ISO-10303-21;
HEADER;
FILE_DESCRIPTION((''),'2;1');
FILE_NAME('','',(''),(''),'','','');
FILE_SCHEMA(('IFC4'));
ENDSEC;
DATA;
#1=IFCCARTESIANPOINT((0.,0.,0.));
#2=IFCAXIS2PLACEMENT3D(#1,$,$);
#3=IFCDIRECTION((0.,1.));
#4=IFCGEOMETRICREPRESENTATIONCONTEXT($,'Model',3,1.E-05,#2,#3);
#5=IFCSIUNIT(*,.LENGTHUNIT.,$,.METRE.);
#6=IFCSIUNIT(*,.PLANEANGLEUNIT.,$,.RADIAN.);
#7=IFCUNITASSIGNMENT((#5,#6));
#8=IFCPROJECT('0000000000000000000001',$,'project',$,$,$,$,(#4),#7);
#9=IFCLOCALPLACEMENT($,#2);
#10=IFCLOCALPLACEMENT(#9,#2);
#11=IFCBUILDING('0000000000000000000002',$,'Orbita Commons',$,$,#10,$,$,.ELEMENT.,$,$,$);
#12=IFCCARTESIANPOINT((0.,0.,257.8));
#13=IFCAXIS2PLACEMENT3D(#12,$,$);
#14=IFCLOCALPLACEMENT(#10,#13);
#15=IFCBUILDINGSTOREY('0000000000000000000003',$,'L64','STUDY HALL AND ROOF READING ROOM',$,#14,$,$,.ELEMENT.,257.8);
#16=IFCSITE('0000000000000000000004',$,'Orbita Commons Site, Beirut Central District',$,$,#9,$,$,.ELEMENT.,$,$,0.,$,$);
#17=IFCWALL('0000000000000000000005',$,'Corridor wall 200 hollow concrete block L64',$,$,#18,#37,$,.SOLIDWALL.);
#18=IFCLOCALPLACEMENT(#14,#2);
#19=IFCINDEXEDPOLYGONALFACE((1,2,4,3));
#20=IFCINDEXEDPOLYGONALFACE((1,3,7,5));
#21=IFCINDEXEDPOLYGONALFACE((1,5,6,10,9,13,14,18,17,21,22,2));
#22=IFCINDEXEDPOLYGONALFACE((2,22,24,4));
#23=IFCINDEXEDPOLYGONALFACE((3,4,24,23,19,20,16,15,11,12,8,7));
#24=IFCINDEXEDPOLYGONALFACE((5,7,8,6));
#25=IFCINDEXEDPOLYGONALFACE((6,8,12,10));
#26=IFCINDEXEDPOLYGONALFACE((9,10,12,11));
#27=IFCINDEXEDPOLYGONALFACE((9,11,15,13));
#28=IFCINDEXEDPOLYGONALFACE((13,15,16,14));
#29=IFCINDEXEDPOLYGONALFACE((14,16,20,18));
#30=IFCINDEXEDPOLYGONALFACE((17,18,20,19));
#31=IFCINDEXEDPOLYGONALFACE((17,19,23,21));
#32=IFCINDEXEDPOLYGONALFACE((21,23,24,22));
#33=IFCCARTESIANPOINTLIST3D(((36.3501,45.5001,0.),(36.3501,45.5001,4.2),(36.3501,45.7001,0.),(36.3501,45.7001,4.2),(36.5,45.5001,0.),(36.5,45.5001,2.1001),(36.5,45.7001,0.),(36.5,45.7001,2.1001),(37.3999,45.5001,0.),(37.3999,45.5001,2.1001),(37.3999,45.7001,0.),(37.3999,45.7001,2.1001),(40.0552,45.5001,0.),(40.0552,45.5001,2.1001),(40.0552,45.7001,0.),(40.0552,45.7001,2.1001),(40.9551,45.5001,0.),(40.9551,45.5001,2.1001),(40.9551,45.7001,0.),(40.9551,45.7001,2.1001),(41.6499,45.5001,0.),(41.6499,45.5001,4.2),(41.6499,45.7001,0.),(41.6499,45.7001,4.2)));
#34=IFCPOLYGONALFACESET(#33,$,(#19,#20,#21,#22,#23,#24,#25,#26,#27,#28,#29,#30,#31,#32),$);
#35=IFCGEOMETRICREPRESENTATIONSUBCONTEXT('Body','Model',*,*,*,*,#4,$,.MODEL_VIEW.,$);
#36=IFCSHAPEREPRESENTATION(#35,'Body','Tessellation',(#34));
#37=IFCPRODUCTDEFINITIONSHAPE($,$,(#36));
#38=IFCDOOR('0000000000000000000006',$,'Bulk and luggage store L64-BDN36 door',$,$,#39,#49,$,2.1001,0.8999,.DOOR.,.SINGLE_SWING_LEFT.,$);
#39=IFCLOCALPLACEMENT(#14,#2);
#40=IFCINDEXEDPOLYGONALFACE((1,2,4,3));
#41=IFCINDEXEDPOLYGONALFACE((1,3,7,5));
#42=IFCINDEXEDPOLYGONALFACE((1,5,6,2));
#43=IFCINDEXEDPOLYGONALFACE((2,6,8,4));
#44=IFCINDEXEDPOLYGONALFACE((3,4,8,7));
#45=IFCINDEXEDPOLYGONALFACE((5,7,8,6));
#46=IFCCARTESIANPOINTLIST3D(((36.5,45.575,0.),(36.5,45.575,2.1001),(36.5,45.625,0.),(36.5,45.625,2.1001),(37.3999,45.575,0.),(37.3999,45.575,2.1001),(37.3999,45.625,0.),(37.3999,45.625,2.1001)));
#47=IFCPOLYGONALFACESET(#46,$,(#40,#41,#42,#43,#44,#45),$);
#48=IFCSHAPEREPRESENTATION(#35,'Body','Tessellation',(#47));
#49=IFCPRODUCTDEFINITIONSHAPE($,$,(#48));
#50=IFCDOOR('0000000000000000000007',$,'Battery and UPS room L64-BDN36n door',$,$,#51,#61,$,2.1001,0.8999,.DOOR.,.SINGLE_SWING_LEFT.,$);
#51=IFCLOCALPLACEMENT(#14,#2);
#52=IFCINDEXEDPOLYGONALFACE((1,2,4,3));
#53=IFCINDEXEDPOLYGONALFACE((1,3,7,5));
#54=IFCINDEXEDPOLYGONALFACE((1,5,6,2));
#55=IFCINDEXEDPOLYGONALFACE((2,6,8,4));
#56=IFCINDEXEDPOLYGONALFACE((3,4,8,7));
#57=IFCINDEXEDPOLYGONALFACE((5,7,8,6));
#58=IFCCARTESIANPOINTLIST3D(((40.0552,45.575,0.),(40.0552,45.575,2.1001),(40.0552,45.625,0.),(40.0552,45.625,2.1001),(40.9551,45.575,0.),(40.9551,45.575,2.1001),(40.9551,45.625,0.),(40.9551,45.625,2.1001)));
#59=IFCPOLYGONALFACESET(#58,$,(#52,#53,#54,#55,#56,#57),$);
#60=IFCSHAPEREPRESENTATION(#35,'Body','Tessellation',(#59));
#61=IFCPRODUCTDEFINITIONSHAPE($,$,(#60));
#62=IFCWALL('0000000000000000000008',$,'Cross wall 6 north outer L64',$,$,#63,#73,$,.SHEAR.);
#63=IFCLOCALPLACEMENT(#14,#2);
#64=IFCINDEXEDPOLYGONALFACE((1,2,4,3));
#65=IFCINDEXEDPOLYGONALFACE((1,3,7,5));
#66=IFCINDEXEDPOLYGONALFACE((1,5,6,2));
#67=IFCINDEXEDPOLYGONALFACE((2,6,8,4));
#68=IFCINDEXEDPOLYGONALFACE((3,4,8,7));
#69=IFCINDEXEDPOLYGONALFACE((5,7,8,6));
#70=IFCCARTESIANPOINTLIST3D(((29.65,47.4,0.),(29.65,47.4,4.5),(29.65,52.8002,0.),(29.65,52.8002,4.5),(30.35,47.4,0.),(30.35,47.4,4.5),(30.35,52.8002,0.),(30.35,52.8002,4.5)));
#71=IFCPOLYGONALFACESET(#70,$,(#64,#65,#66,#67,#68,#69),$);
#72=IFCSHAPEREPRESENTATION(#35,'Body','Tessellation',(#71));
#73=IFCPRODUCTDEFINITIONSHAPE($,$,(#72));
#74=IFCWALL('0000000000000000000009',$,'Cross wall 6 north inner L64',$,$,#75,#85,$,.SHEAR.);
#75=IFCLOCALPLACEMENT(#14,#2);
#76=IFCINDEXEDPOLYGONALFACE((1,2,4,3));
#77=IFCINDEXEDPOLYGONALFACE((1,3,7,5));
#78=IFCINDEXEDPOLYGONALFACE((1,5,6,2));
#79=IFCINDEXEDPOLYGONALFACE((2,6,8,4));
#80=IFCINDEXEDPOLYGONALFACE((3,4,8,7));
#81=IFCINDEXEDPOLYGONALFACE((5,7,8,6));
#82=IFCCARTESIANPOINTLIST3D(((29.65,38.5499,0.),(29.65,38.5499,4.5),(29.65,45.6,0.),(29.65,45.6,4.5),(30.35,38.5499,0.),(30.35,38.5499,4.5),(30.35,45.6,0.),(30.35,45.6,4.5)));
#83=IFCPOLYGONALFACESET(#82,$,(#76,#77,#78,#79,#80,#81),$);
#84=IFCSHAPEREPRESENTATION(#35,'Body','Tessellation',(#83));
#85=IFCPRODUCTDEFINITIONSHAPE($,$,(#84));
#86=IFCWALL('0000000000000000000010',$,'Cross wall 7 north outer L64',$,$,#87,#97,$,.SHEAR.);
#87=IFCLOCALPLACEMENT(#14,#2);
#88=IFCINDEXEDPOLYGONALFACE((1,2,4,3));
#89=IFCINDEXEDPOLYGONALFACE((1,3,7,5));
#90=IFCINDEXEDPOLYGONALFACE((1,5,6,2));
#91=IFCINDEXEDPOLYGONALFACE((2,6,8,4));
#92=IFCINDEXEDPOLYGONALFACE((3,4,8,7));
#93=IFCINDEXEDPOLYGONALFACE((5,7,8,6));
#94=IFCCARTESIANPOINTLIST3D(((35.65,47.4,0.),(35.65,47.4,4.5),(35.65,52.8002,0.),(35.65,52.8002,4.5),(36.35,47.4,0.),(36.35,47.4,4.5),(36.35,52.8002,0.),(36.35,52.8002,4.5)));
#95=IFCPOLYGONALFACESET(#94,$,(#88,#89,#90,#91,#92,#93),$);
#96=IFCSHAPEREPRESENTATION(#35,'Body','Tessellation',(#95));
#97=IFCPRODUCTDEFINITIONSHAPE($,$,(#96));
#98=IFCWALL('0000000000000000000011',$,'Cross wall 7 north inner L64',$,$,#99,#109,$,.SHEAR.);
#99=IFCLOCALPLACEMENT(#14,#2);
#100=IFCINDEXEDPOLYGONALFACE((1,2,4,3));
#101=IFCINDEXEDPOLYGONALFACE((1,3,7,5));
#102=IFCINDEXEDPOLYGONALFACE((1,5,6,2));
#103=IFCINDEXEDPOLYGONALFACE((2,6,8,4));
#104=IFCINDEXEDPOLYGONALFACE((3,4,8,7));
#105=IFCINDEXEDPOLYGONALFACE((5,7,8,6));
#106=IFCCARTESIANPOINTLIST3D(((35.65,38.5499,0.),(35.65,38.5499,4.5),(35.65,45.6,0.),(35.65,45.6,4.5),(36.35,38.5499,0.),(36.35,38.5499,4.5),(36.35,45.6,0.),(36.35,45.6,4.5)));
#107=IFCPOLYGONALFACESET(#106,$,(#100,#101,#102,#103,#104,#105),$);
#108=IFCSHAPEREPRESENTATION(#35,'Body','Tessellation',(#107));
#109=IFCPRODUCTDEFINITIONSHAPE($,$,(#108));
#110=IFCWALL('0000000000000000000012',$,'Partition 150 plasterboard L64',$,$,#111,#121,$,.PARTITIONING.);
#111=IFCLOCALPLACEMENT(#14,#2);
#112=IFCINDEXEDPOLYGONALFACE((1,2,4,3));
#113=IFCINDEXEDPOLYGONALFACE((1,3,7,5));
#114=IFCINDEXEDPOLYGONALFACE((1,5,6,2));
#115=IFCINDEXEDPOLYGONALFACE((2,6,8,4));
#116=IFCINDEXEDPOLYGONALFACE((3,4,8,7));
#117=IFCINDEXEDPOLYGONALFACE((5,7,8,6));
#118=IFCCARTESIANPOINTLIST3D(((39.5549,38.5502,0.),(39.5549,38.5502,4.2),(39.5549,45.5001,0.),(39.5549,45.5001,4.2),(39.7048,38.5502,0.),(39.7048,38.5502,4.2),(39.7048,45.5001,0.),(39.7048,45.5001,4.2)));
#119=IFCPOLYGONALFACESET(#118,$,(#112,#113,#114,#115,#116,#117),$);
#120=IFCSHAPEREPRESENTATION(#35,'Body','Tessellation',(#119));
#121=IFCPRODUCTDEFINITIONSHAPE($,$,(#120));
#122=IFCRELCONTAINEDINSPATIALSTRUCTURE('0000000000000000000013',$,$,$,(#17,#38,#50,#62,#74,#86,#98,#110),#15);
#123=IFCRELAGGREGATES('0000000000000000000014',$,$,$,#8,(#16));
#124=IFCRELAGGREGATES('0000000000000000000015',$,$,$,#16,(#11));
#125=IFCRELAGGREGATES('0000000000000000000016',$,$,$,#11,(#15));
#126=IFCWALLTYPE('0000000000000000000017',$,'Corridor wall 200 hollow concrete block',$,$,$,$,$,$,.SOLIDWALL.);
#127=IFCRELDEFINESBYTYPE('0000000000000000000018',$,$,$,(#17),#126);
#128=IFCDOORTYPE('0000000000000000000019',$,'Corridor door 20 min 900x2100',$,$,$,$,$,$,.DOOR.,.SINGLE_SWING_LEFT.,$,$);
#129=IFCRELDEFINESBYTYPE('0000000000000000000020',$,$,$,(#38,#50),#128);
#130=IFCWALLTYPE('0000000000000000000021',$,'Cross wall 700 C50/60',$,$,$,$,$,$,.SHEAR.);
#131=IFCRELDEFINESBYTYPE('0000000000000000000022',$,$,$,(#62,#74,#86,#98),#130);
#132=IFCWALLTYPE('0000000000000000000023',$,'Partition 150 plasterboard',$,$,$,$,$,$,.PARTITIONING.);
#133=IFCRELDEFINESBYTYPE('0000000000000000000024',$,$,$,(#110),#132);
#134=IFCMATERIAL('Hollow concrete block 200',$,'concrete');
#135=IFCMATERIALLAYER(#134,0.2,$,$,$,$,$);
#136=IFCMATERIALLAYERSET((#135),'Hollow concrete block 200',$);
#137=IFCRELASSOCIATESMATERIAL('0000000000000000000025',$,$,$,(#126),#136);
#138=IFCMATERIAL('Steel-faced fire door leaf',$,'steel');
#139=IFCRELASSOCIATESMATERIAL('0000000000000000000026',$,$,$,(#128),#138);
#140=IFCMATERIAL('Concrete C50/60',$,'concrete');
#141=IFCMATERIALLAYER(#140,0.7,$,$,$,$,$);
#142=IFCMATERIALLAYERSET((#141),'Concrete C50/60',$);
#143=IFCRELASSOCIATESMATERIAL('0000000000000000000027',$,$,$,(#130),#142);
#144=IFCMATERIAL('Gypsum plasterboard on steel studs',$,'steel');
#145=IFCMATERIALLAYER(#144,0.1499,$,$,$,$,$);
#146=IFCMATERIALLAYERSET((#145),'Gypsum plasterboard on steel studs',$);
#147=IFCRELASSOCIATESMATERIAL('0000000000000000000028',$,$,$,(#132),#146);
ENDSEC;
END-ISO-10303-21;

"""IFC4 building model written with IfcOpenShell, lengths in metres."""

from ifc_helpers import new_model, si_unit, direction, frame, frame_2d, origin, place, context, subcontext, project, spatial, rectangle, extrude, material, layer, layer_set, type_object, element, fill, save


model = new_model("IFC4")

# Units and contexts
model_context = context("Model", 3, precision=1e-05, world=origin(), true_north=direction((0.0, 1.0)))
body_context = subcontext(model_context, "Body", "Model", "MODEL_VIEW")
ifc_project = project(units=[si_unit("LENGTHUNIT", "METRE"), si_unit("PLANEANGLEUNIT", "RADIAN")], contexts=[model_context])

# Site, building, storey
site_placement = place(None, origin())
site = spatial("IfcSite", under=ifc_project, at=site_placement, Name="Orbita Commons Site, Beirut Central District", CompositionType="ELEMENT", RefElevation=0.0)
building_placement = place(site_placement, origin())
building = spatial("IfcBuilding", under=site, at=building_placement, Name="Orbita Commons", CompositionType="ELEMENT")
storey_placement = place(building_placement, frame((0.0, 0.0, 257.8)))
storey = spatial("IfcBuildingStorey", under=building, at=storey_placement, Name="L64", Description="STUDY HALL AND ROOF READING ROOM", CompositionType="ELEMENT", Elevation=257.8)

# Shared definitions
ifc_material_1 = material(Name="Hollow concrete block 200", Category="concrete")
ifc_layer_1 = layer(ifc_material_1, 0.2)
ifc_layer_set_1 = layer_set([ifc_layer_1], Name="Hollow concrete block 200")
wall_type_1 = type_object("IfcWallType", Name="Corridor wall 200 hollow concrete block", PredefinedType="SOLIDWALL", material=ifc_layer_set_1)

# Wall, openings, doors
wall_1_placement = place(storey_placement, frame((36.3501, 45.6001, 0.0), z_axis=(0.0, 0.0, 1.0), x_axis=(1.0, 0.0, 0.0)))
wall_1 = element("IfcWall", 1, at=wall_1_placement, inside=storey, type_object=wall_type_1, Name="Corridor wall 200 hollow concrete block L64", PredefinedType="SOLIDWALL", context=body_context, shape_type="SweptSolid", body=[
    extrude(rectangle(XDim=5.2998, YDim=0.2, at=frame_2d((2.6499, 0.0))), origin(), (0.0, 0.0, 1.0), 4.2),
])
opening_1_placement = place(wall_1_placement, frame((0.1499, 0.0, 0.0)))
opening_1 = element("IfcOpeningElement", 2, at=opening_1_placement, cuts=wall_1, PredefinedType="OPENING", context=body_context, shape_type="SweptSolid", body=[
    extrude(rectangle(XDim=0.8999, YDim=2.1001, at=frame_2d((0.45, 1.05))), frame((0.0, 0.1099, 0.0), z_axis=(0.0, -1.0, 0.0), x_axis=(1.0, 0.0, 0.0)), (0.0, 0.0, 1.0), 0.22),
])
opening_2_placement = place(wall_1_placement, frame((3.7051, 0.0, 0.0)))
opening_2 = element("IfcOpeningElement", 3, at=opening_2_placement, cuts=wall_1, PredefinedType="OPENING", context=body_context, shape_type="SweptSolid", body=[
    extrude(rectangle(XDim=0.8999, YDim=2.1001, at=frame_2d((0.45, 1.05))), frame((0.0, 0.1099, 0.0), z_axis=(0.0, -1.0, 0.0), x_axis=(1.0, 0.0, 0.0)), (0.0, 0.0, 1.0), 0.22),
])
ifc_material_2 = material(Name="Steel-faced fire door leaf", Category="steel")
door_type_1 = type_object("IfcDoorType", Name="Corridor door 20 min 900x2100", OperationType="SINGLE_SWING_LEFT", PredefinedType="DOOR", material=ifc_material_2)
door_1_placement = place(opening_1_placement, origin())
door_1 = element("IfcDoor", 4, at=door_1_placement, inside=storey, type_object=door_type_1, Name="Bulk and luggage store L64-BDN36 door", OperationType="SINGLE_SWING_LEFT", OverallHeight=2.1001, OverallWidth=0.8999, PredefinedType="DOOR", context=body_context, shape_type="SweptSolid", body=[
    extrude(rectangle(XDim=0.8999, YDim=2.1001, at=frame_2d((0.45, 1.05))), frame((0.0, 0.0249, 0.0), z_axis=(0.0, -1.0, 0.0), x_axis=(1.0, 0.0, 0.0)), (0.0, 0.0, 1.0), 0.05),
])
fill(opening_1, door_1)
door_2_placement = place(opening_2_placement, origin())
door_2 = element("IfcDoor", 5, at=door_2_placement, inside=storey, type_object=door_type_1, Name="Battery and UPS room L64-BDN36n door", OperationType="SINGLE_SWING_LEFT", OverallHeight=2.1001, OverallWidth=0.8999, PredefinedType="DOOR", context=body_context, shape_type="SweptSolid", body=[
    extrude(rectangle(XDim=0.8999, YDim=2.1001, at=frame_2d((0.45, 1.05))), frame((0.0, 0.0249, 0.0), z_axis=(0.0, -1.0, 0.0), x_axis=(1.0, 0.0, 0.0)), (0.0, 0.0, 1.0), 0.05),
])
fill(opening_2, door_2)

# Walls
ifc_material_3 = material(Name="Concrete C50/60", Category="concrete")
ifc_layer_2 = layer(ifc_material_3, 0.7)
ifc_layer_set_2 = layer_set([ifc_layer_2], Name="Concrete C50/60")
wall_type_2 = type_object("IfcWallType", Name="Cross wall 700 C50/60", PredefinedType="SHEAR", material=ifc_layer_set_2)
wall_2_placement = place(storey_placement, frame((30.0, 47.3999, 0.0), z_axis=(0.0, 0.0, 1.0), x_axis=(0.0, 1.0, 0.0)))
element("IfcWall", 6, at=wall_2_placement, inside=storey, type_object=wall_type_2, Name="Cross wall 6 north outer L64", PredefinedType="SHEAR", context=body_context, shape_type="SweptSolid", body=[
    extrude(rectangle(XDim=5.4001, YDim=0.7, at=frame_2d((2.7002, 0.0))), origin(), (0.0, 0.0, 1.0), 4.5),
])
wall_3_placement = place(storey_placement, frame((30.0, 38.55, 0.0), z_axis=(0.0, 0.0, 1.0), x_axis=(0.0, 1.0, 0.0)))
element("IfcWall", 7, at=wall_3_placement, inside=storey, type_object=wall_type_2, Name="Cross wall 6 north inner L64", PredefinedType="SHEAR", context=body_context, shape_type="SweptSolid", body=[
    extrude(rectangle(XDim=7.05, YDim=0.7, at=frame_2d((3.5249, 0.0))), origin(), (0.0, 0.0, 1.0), 4.5),
])
wall_4_placement = place(storey_placement, frame((36.0, 47.3999, 0.0), z_axis=(0.0, 0.0, 1.0), x_axis=(0.0, 1.0, 0.0)))
element("IfcWall", 8, at=wall_4_placement, inside=storey, type_object=wall_type_2, Name="Cross wall 7 north outer L64", PredefinedType="SHEAR", context=body_context, shape_type="SweptSolid", body=[
    extrude(rectangle(XDim=5.4001, YDim=0.7, at=frame_2d((2.7002, 0.0))), origin(), (0.0, 0.0, 1.0), 4.5),
])
wall_5_placement = place(storey_placement, frame((36.0, 38.55, 0.0), z_axis=(0.0, 0.0, 1.0), x_axis=(0.0, 1.0, 0.0)))
element("IfcWall", 9, at=wall_5_placement, inside=storey, type_object=wall_type_2, Name="Cross wall 7 north inner L64", PredefinedType="SHEAR", context=body_context, shape_type="SweptSolid", body=[
    extrude(rectangle(XDim=7.05, YDim=0.7, at=frame_2d((3.5249, 0.0))), origin(), (0.0, 0.0, 1.0), 4.5),
])
ifc_material_4 = material(Name="Gypsum plasterboard on steel studs", Category="steel")
ifc_layer_3 = layer(ifc_material_4, 0.1499)
ifc_layer_set_3 = layer_set([ifc_layer_3], Name="Gypsum plasterboard on steel studs")
wall_type_3 = type_object("IfcWallType", Name="Partition 150 plasterboard", PredefinedType="PARTITIONING", material=ifc_layer_set_3)
wall_6_placement = place(storey_placement, frame((39.6299, 38.55, 0.0), z_axis=(0.0, 0.0, 1.0), x_axis=(0.0, 1.0, 0.0)))
element("IfcWall", 10, at=wall_6_placement, inside=storey, type_object=wall_type_3, Name="Partition 150 plasterboard L64", PredefinedType="PARTITIONING", context=body_context, shape_type="SweptSolid", body=[
    extrude(rectangle(XDim=6.95, YDim=0.1499, at=frame_2d((3.4751, 0.0))), origin(), (0.0, 0.0, 1.0), 4.2),
])

save(model, "model.ifc")
